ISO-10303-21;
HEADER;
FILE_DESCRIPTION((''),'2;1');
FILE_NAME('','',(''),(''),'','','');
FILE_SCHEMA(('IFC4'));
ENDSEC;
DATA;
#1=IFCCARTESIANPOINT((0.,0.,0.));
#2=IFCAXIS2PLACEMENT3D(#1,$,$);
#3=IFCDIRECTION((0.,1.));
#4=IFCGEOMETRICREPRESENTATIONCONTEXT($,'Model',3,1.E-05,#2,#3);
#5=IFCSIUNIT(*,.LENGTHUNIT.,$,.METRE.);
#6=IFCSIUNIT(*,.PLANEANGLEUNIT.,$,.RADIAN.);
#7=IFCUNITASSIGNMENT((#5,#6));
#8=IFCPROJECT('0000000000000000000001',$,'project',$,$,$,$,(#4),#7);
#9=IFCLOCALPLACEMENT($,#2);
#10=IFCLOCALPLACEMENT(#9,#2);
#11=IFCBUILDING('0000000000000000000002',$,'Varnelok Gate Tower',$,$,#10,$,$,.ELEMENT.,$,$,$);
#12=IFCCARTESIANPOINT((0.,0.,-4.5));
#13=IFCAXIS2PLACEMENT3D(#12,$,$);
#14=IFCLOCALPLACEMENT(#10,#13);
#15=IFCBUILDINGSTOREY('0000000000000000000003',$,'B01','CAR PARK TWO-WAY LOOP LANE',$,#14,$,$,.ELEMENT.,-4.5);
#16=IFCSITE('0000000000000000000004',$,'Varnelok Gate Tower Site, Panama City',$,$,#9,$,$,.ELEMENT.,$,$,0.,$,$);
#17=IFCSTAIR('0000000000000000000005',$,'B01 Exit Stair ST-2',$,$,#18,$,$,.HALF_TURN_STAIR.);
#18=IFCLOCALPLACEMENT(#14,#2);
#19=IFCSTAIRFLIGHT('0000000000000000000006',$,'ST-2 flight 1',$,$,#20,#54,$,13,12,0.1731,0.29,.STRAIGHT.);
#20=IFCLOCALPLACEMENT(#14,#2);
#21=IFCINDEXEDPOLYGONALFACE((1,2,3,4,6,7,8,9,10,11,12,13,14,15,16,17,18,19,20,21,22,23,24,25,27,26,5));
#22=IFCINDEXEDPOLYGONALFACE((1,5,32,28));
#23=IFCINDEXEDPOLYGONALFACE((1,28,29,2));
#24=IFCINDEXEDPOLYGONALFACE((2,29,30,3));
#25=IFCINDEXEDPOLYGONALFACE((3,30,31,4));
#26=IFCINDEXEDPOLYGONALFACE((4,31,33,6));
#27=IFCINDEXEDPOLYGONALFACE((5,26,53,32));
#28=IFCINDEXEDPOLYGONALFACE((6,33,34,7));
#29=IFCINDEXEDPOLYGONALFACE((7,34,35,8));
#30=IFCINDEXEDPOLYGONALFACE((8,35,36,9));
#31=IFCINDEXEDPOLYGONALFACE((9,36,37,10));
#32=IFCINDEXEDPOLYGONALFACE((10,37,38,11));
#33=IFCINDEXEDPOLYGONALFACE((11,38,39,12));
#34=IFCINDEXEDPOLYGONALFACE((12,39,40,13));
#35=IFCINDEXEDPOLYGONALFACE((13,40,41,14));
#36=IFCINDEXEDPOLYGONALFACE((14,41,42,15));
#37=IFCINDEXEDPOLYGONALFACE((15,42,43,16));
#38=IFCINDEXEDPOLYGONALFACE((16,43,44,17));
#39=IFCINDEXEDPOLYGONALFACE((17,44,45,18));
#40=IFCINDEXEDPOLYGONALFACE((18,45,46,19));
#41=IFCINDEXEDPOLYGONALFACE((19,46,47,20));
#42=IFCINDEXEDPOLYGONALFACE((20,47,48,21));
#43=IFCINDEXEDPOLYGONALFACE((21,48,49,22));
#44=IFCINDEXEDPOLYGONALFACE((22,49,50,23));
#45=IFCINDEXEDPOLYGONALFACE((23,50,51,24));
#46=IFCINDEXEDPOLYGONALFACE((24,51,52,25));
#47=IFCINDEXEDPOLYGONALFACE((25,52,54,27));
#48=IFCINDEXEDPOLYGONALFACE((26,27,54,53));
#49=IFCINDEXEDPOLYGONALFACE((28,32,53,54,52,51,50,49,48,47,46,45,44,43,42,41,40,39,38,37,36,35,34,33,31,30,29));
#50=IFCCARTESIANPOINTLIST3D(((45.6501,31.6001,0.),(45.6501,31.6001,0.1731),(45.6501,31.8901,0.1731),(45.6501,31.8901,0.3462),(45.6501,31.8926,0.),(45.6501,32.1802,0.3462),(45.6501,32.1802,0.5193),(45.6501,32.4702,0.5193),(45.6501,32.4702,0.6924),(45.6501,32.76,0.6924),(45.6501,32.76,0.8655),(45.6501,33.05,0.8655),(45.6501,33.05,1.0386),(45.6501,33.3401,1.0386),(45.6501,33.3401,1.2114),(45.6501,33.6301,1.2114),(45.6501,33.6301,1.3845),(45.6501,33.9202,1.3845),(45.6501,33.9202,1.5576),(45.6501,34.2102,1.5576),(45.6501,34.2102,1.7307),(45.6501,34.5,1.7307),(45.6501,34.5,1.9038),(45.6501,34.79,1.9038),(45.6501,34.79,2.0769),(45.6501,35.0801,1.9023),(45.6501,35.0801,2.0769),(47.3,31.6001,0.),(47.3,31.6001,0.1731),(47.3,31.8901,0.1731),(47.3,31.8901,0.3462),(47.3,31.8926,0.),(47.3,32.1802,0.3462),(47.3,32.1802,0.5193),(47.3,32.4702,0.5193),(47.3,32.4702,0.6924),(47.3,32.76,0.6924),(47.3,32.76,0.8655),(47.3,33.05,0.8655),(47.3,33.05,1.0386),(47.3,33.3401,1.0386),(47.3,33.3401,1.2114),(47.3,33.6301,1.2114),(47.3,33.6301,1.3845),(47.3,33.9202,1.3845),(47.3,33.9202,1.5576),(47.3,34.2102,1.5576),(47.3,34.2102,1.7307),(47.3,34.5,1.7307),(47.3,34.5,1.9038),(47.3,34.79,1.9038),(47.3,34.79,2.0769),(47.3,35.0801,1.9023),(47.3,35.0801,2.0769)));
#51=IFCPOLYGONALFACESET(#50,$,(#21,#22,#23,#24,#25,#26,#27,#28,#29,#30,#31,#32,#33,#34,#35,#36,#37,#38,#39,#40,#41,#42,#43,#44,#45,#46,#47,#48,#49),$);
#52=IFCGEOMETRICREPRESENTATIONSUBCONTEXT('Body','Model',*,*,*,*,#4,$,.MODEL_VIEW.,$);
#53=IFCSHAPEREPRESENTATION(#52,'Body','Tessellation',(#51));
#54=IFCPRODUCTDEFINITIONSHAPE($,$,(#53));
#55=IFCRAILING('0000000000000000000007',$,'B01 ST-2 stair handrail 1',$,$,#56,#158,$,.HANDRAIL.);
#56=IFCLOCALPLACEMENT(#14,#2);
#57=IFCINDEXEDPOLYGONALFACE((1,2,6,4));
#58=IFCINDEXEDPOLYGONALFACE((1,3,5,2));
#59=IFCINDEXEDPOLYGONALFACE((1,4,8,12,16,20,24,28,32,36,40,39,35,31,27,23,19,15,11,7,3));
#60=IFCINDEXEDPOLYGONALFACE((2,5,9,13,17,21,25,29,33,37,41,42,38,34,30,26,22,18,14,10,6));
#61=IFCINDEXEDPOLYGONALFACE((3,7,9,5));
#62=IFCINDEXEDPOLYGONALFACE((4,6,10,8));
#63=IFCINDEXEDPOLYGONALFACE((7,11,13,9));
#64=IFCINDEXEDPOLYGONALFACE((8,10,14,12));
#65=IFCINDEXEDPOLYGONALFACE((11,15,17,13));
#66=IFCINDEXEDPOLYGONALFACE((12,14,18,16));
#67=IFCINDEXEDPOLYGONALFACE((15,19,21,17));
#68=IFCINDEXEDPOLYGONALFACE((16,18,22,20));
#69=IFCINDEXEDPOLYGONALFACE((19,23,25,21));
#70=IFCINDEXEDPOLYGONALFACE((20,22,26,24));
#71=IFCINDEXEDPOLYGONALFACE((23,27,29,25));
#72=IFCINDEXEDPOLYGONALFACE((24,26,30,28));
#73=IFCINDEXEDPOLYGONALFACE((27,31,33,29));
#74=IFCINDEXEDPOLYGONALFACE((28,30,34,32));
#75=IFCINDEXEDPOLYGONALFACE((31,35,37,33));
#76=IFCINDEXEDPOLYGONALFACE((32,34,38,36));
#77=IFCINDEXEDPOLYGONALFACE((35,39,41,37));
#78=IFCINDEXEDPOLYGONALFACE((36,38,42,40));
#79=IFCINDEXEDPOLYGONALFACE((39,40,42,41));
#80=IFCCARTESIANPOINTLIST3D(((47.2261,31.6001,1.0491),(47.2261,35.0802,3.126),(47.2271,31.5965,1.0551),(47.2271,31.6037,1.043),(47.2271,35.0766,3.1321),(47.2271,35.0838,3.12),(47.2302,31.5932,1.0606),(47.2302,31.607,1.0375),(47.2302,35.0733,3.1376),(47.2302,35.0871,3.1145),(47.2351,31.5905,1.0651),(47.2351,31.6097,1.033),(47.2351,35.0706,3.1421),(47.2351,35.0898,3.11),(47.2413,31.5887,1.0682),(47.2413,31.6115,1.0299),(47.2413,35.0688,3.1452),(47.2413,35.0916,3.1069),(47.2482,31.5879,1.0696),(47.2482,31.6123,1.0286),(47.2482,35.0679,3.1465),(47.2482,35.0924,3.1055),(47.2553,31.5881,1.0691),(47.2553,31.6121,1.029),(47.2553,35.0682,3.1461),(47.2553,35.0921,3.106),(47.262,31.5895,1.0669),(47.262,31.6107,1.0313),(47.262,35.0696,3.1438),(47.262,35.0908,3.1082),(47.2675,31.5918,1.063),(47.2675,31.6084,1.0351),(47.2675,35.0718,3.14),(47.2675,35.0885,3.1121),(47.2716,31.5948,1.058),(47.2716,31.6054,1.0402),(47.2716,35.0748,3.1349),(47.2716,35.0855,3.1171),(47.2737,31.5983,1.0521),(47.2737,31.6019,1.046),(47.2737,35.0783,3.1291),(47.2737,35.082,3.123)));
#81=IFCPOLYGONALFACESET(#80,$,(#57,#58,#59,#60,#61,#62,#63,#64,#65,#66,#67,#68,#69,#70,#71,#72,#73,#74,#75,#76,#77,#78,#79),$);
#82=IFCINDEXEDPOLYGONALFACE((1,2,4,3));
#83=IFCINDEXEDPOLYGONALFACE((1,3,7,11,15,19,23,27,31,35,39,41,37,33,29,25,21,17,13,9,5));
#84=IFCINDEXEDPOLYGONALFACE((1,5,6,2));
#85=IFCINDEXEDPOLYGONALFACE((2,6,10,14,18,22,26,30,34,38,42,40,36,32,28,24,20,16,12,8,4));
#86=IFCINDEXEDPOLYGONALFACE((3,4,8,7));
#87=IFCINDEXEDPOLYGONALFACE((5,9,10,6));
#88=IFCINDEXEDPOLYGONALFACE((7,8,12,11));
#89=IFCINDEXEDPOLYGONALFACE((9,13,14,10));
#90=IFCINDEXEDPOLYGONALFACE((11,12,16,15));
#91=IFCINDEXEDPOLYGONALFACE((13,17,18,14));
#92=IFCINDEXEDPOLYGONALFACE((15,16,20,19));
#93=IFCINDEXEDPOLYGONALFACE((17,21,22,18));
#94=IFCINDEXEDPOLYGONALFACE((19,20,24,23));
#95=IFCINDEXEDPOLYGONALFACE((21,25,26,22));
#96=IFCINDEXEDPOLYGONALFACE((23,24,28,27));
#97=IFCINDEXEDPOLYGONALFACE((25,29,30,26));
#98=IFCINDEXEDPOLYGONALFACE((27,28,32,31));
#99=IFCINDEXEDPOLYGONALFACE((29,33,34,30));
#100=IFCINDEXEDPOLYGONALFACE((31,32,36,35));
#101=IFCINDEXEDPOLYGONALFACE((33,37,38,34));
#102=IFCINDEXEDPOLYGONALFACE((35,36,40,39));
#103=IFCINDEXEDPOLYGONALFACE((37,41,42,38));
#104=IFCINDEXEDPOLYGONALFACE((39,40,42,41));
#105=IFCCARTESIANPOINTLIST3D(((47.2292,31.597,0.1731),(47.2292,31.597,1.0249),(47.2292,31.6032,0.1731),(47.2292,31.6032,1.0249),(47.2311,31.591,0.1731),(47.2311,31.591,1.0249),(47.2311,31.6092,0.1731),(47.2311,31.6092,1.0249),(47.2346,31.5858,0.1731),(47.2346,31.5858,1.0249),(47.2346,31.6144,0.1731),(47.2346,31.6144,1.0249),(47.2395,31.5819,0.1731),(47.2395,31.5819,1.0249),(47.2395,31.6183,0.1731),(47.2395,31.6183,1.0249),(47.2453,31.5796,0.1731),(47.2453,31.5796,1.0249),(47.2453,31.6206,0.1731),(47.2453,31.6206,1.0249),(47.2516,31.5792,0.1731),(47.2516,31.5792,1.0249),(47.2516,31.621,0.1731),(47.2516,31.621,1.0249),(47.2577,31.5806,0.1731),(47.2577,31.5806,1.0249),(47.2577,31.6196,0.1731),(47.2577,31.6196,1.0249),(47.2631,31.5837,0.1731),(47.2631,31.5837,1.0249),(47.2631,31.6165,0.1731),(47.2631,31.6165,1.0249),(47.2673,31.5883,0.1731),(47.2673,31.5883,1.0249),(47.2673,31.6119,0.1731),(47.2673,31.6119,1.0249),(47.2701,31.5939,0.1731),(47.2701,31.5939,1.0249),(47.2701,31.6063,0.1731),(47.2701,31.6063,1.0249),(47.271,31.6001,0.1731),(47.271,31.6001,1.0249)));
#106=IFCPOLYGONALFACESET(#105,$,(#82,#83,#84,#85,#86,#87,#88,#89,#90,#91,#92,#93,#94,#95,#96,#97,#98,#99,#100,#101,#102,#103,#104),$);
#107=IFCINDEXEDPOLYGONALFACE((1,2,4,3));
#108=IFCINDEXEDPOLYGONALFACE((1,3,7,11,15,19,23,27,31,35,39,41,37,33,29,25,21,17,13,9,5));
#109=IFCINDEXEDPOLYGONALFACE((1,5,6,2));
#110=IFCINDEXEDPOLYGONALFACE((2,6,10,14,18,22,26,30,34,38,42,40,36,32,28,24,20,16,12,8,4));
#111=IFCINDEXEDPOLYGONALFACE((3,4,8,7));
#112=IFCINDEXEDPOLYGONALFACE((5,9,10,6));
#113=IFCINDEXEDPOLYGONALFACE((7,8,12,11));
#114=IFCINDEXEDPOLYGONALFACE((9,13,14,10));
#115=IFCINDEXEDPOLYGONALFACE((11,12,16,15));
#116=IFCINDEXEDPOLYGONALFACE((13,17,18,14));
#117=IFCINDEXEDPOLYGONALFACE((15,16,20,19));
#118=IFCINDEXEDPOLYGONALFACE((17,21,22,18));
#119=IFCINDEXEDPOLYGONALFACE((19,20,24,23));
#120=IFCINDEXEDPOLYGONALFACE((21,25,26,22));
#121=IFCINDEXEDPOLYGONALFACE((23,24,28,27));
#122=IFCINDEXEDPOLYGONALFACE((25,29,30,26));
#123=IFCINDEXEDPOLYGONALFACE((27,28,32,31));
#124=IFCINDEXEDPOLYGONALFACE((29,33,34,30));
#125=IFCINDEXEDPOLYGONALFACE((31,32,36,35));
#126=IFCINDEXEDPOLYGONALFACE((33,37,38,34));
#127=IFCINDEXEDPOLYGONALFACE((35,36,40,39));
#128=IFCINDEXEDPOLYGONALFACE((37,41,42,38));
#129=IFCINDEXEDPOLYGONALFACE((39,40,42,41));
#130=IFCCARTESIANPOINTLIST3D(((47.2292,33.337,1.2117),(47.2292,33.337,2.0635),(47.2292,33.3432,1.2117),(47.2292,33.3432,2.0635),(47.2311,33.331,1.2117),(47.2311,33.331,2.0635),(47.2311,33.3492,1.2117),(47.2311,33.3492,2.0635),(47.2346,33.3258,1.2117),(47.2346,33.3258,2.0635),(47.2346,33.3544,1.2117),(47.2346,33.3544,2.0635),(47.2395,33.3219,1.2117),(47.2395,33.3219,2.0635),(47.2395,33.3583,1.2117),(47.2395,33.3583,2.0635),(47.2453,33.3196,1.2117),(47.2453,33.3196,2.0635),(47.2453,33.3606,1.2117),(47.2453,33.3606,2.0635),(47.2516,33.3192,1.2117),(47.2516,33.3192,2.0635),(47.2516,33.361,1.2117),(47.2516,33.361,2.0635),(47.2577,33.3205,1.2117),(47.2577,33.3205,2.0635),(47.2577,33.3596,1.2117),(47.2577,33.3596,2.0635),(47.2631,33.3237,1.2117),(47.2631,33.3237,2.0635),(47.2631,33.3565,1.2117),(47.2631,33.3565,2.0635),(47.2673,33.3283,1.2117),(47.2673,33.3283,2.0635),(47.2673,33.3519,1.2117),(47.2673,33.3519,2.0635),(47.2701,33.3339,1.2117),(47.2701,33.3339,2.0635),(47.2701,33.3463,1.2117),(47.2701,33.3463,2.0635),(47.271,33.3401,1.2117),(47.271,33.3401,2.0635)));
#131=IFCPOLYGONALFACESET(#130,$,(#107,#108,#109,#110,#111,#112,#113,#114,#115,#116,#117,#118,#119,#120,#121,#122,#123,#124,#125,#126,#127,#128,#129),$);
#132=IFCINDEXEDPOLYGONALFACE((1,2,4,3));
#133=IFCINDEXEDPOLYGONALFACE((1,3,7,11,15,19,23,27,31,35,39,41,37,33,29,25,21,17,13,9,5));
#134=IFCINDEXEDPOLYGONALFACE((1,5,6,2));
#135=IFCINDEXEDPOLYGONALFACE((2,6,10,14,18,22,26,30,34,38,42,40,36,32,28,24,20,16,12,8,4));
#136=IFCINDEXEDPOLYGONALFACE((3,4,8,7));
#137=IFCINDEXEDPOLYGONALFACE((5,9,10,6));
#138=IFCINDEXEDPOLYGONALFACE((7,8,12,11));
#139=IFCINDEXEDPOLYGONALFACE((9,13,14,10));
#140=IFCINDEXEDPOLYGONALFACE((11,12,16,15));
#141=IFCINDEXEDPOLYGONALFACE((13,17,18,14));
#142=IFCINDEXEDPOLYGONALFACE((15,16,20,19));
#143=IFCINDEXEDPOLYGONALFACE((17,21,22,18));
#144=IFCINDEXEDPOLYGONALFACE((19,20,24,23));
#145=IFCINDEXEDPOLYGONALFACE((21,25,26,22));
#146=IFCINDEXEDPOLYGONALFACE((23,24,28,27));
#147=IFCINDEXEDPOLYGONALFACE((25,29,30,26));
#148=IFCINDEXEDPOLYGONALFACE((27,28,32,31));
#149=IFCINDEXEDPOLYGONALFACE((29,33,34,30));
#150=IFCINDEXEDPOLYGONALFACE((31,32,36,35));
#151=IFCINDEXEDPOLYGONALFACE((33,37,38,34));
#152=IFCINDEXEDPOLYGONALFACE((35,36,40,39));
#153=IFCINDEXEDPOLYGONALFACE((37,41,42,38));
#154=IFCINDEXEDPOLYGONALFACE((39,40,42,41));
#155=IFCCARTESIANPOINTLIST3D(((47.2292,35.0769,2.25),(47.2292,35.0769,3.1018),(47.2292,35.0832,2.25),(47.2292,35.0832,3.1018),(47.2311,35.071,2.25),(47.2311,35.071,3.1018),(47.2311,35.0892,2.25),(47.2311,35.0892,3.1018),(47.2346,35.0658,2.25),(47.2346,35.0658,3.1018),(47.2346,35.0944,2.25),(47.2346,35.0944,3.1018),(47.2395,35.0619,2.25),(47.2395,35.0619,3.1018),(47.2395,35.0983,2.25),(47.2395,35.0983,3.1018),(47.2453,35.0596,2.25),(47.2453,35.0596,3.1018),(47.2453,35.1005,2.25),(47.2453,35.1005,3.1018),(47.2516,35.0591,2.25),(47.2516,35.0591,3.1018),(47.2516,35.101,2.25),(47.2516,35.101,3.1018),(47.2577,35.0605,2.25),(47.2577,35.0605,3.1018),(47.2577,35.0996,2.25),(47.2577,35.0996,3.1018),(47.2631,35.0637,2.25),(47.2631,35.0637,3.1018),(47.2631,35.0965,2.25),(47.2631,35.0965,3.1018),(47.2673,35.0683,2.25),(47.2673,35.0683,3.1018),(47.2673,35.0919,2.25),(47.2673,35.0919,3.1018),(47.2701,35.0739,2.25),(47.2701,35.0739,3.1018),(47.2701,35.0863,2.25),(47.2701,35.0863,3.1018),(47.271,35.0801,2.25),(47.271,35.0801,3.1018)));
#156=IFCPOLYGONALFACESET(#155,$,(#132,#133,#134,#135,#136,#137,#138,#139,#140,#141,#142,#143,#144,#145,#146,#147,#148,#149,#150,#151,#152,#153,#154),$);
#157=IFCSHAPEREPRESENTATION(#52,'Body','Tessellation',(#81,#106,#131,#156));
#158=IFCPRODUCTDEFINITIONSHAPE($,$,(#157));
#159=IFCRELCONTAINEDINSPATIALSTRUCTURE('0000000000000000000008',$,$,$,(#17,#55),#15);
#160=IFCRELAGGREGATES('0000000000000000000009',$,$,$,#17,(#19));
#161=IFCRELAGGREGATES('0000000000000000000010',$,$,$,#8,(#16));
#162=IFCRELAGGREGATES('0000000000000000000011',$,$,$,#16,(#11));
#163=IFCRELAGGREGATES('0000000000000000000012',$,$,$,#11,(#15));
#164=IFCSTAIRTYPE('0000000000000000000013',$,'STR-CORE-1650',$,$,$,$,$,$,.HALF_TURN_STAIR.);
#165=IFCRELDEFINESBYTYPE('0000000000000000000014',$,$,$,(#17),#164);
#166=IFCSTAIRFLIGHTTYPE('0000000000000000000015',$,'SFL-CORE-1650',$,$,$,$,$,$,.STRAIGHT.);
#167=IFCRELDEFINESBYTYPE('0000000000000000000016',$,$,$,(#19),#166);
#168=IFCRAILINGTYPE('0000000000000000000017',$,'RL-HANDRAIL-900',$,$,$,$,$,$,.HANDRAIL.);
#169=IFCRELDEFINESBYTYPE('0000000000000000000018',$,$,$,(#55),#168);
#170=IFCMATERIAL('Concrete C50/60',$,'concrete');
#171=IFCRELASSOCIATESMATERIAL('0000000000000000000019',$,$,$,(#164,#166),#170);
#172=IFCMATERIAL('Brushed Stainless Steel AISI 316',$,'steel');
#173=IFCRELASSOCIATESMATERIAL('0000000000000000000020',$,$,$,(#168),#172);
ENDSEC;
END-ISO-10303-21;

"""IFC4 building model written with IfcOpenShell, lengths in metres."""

from ifc_helpers import new_model, si_unit, direction, frame, origin, origin_2d, place, context, subcontext, project, spatial, polyline, circle, outline, extrude, material, type_object, element, aggregate, save


model = new_model("IFC4")

# Units and contexts
model_context = context("Model", 3, precision=1e-05, world=origin(), true_north=direction((0.0, 1.0)))
body_context = subcontext(model_context, "Body", "Model", "MODEL_VIEW")
ifc_project = project(units=[si_unit("LENGTHUNIT", "METRE"), si_unit("PLANEANGLEUNIT", "RADIAN")], contexts=[model_context])

# Site, building, storey
site_placement = place(None, origin())
site = spatial("IfcSite", under=ifc_project, at=site_placement, Name="Varnelok Gate Tower Site, Panama City", CompositionType="ELEMENT", RefElevation=0.0)
building_placement = place(site_placement, origin())
building = spatial("IfcBuilding", under=site, at=building_placement, Name="Varnelok Gate Tower", CompositionType="ELEMENT")
storey_placement = place(building_placement, frame((0.0, 0.0, -4.5)))
storey = spatial("IfcBuildingStorey", under=building, at=storey_placement, Name="B01", Description="CAR PARK TWO-WAY LOOP LANE", CompositionType="ELEMENT", Elevation=-4.5)

# Shared definitions
ifc_material_1 = material(Name="Concrete C50/60", Category="concrete")

# Stair, stair flight
stair_type = type_object("IfcStairType", Name="STR-CORE-1650", PredefinedType="HALF_TURN_STAIR", material=ifc_material_1)
stair_placement = place(storey_placement, origin())
stair = element("IfcStair", 1, at=stair_placement, inside=storey, type_object=stair_type, Name="B01 Exit Stair ST-2", PredefinedType="HALF_TURN_STAIR")
stair_flight_type = type_object("IfcStairFlightType", Name="SFL-CORE-1650", PredefinedType="STRAIGHT", material=ifc_material_1)
stair_flight_placement = place(storey_placement, frame((46.4751, 31.6001, 0.0), z_axis=(0.0, 0.0, 1.0), x_axis=(0.0, 1.0, 0.0)))
stair_flight = element("IfcStairFlight", 2, at=stair_flight_placement, type_object=stair_flight_type, Name="ST-2 flight 1", NumberOfRisers=13, NumberOfTreads=12, PredefinedType="STRAIGHT", RiserHeight=0.1731, TreadLength=0.29, context=body_context, shape_type="SweptSolid", body=[
    extrude(outline(polyline([(0.0, 0.0), (0.0, 0.1731), (0.29, 0.1731), (0.29, 0.3462), (0.5801, 0.3462), (0.5801, 0.5193), (0.8701, 0.5193), (0.8701, 0.6924), (1.1599, 0.6924), (1.1599, 0.8655), (1.45, 0.8655), (1.45, 1.0386), (1.74, 1.0386), (1.74, 1.2114), (2.03, 1.2114), (2.03, 1.3845), (2.3201, 1.3845), (2.3201, 1.5576), (2.6101, 1.5576), (2.6101, 1.7307), (2.8999, 1.7307), (2.8999, 1.9038), (3.1899, 1.9038), (3.1899, 2.0769), (3.48, 2.0769), (3.48, 2.25), (3.48, 1.9023), (0.2925, 0.0), (0.0, 0.0)])), frame((0.0, 0.825, 0.0), z_axis=(0.0, -1.0, 0.0), x_axis=(1.0, 0.0, 0.0)), (0.0, 0.0, 1.0), 1.6499),
])
aggregate(stair, [stair_flight])

# Railing
ifc_material_2 = material(Name="Brushed Stainless Steel AISI 316", Category="steel")
railing_type = type_object("IfcRailingType", Name="RL-HANDRAIL-900", PredefinedType="HANDRAIL", material=ifc_material_2)
railing_placement = place(storey_placement, frame((47.25, 31.6001, 0.1731)))
element("IfcRailing", 3, at=railing_placement, inside=storey, type_object=railing_type, Name="B01 ST-2 stair handrail 1", PredefinedType="HANDRAIL", context=body_context, shape_type="SweptSolid", body=[
    extrude(circle(Radius=0.0239, at=origin_2d()), frame((0.0, 0.0, 0.876), z_axis=(0.0, 0.858697, 0.512483), x_axis=(-1.0, 0.0, 0.0)), (0.0, 0.0, 1.0), 4.0527),
    extrude(circle(Radius=0.021, at=origin_2d()), origin(), (0.0, 0.0, 1.0), 0.8518),
    extrude(circle(Radius=0.021, at=origin_2d()), frame((0.0, 1.74, 1.0386)), (0.0, 0.0, 1.0), 0.8518),
    extrude(circle(Radius=0.021, at=origin_2d()), frame((0.0, 3.48, 2.0769)), (0.0, 0.0, 1.0), 0.8518),
])

save(model, "model.ifc")
